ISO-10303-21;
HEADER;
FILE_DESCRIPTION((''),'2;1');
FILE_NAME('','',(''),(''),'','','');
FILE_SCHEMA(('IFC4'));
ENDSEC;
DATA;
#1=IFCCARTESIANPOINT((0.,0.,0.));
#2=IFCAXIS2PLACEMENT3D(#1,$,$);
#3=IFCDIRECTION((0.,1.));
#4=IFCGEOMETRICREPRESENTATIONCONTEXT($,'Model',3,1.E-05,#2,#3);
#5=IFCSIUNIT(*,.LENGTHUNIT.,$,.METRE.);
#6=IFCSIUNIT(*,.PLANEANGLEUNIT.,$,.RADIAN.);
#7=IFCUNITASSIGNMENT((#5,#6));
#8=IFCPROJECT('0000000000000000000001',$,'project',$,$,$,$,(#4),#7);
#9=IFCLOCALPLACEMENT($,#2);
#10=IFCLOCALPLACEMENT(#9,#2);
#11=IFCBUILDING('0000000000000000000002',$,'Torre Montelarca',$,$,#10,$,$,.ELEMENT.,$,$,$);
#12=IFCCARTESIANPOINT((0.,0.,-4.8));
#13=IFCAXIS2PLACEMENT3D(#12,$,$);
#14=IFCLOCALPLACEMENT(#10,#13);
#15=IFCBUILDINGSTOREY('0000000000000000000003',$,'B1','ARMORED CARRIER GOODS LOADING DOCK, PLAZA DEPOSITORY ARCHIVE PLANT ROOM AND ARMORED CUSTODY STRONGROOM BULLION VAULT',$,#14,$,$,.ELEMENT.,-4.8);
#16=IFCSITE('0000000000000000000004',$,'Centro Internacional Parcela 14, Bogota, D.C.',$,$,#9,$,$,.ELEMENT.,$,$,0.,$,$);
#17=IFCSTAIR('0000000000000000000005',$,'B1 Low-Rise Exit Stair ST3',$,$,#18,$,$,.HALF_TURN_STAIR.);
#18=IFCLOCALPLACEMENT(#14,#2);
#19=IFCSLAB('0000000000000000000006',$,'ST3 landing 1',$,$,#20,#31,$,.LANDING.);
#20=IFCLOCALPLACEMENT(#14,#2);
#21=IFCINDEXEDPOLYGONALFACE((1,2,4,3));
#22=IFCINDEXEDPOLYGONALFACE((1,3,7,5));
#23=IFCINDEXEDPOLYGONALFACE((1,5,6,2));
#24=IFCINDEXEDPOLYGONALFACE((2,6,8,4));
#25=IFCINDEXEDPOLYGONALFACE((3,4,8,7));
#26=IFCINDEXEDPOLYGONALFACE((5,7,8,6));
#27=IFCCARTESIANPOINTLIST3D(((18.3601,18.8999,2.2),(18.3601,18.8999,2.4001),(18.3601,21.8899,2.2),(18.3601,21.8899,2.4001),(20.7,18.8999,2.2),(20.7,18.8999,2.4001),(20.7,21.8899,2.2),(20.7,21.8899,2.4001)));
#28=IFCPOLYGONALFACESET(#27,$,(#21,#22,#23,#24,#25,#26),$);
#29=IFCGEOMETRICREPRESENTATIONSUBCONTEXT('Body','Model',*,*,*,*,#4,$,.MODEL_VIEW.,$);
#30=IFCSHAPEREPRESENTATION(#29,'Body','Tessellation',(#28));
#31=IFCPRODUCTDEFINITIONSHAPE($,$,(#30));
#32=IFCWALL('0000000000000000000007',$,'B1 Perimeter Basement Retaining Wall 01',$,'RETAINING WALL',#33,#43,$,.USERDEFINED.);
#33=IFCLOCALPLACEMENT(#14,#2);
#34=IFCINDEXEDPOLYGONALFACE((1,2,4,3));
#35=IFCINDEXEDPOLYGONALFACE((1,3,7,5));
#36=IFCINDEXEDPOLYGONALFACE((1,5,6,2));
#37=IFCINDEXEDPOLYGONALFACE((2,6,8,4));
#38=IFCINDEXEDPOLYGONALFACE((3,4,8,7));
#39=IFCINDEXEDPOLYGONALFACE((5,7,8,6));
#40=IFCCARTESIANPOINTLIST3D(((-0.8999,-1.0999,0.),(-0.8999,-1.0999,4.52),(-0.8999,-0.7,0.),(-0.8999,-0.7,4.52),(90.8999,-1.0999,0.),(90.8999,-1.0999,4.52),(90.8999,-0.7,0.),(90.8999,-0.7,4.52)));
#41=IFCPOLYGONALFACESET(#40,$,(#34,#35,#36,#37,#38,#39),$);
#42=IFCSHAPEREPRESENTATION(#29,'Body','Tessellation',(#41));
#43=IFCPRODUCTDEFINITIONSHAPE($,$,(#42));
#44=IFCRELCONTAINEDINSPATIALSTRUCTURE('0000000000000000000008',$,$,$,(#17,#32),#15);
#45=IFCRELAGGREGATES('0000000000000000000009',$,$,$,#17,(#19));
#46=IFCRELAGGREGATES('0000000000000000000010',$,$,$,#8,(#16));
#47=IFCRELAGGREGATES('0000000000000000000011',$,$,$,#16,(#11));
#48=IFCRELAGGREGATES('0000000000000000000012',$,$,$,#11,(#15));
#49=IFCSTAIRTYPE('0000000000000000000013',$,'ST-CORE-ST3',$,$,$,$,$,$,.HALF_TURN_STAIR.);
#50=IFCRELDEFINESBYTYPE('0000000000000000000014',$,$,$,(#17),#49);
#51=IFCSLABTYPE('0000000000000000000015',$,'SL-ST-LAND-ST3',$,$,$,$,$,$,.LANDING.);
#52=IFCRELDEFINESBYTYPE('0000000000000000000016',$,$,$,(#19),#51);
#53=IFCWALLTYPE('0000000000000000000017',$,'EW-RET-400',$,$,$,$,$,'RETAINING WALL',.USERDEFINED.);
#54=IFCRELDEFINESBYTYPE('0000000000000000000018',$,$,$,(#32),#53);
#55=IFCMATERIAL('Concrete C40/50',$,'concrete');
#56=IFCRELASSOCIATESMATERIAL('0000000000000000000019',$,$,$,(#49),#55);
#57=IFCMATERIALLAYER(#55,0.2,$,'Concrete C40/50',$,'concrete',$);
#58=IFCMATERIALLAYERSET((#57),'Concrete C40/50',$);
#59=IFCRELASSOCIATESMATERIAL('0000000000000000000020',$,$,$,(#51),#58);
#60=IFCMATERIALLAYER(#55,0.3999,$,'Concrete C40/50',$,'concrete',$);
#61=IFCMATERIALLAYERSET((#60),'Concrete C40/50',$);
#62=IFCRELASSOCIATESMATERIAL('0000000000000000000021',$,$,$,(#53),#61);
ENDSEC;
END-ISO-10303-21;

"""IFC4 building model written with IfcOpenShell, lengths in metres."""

from ifc_helpers import new_model, si_unit, direction, frame, frame_2d, origin, place, context, subcontext, project, spatial, polyline, rectangle, outline, extrude, material, layer, layer_set, type_object, element, aggregate, save


model = new_model("IFC4")

# Units and contexts
model_context = context("Model", 3, precision=1e-05, world=origin(), true_north=direction((0.0, 1.0)))
body_context = subcontext(model_context, "Body", "Model", "MODEL_VIEW")
ifc_project = project(units=[si_unit("LENGTHUNIT", "METRE"), si_unit("PLANEANGLEUNIT", "RADIAN")], contexts=[model_context])

# Site, building, storey
site_placement = place(None, origin())
site = spatial("IfcSite", under=ifc_project, at=site_placement, Name="Centro Internacional Parcela 14, Bogota, D.C.", CompositionType="ELEMENT", RefElevation=0.0)
building_placement = place(site_placement, origin())
building = spatial("IfcBuilding", under=site, at=building_placement, Name="Torre Montelarca", CompositionType="ELEMENT")
storey_placement = place(building_placement, frame((0.0, 0.0, -4.8)))
storey = spatial("IfcBuildingStorey", under=building, at=storey_placement, Name="B1", Description="ARMORED CARRIER GOODS LOADING DOCK, PLAZA DEPOSITORY ARCHIVE PLANT ROOM AND ARMORED CUSTODY STRONGROOM BULLION VAULT", CompositionType="ELEMENT", Elevation=-4.8)

# Shared definitions
ifc_material_1 = material(Name="Concrete C40/50", Category="concrete")

# Stair, slab
stair_type_1 = type_object("IfcStairType", Name="ST-CORE-ST3", PredefinedType="HALF_TURN_STAIR", material=ifc_material_1)
stair_1_placement = place(storey_placement, origin())
stair_1 = element("IfcStair", 1, at=stair_1_placement, inside=storey, type_object=stair_type_1, Name="B1 Low-Rise Exit Stair ST3", PredefinedType="HALF_TURN_STAIR")
ifc_layer_1 = layer(ifc_material_1, 0.2, Name="Concrete C40/50", Category="concrete")
ifc_layer_set_1 = layer_set([ifc_layer_1], Name="Concrete C40/50")
slab_type_1 = type_object("IfcSlabType", Name="SL-ST-LAND-ST3", PredefinedType="LANDING", material=ifc_layer_set_1)
slab_1_placement = place(storey_placement, frame((0.0, 0.0, 2.2)))
slab_1 = element("IfcSlab", 2, at=slab_1_placement, type_object=slab_type_1, Name="ST3 landing 1", PredefinedType="LANDING", context=body_context, shape_type="SweptSolid", body=[
    extrude(outline(polyline([(18.3601, 18.8999), (20.7, 18.8999), (20.7, 21.8899), (18.3601, 21.8899), (18.3601, 18.8999)])), origin(), (0.0, 0.0, 1.0), 0.2002),
])
aggregate(stair_1, [slab_1])

# Wall
ifc_layer_2 = layer(ifc_material_1, 0.3999, Name="Concrete C40/50", Category="concrete")
ifc_layer_set_2 = layer_set([ifc_layer_2], Name="Concrete C40/50")
wall_type = type_object("IfcWallType", Name="EW-RET-400", ElementType="RETAINING WALL", PredefinedType="USERDEFINED", material=ifc_layer_set_2)
wall_placement = place(storey_placement, frame((-0.8999, -0.8999, 0.0), z_axis=(0.0, 0.0, 1.0), x_axis=(1.0, 0.0, 0.0)))
element("IfcWall", 3, at=wall_placement, inside=storey, type_object=wall_type, Name="B1 Perimeter Basement Retaining Wall 01", ObjectType="RETAINING WALL", PredefinedType="USERDEFINED", context=body_context, shape_type="SweptSolid", body=[
    extrude(rectangle(XDim=91.7998, YDim=0.3999, at=frame_2d((45.8999, 0.0))), origin(), (0.0, 0.0, 1.0), 4.52),
])

save(model, "model.ifc")
